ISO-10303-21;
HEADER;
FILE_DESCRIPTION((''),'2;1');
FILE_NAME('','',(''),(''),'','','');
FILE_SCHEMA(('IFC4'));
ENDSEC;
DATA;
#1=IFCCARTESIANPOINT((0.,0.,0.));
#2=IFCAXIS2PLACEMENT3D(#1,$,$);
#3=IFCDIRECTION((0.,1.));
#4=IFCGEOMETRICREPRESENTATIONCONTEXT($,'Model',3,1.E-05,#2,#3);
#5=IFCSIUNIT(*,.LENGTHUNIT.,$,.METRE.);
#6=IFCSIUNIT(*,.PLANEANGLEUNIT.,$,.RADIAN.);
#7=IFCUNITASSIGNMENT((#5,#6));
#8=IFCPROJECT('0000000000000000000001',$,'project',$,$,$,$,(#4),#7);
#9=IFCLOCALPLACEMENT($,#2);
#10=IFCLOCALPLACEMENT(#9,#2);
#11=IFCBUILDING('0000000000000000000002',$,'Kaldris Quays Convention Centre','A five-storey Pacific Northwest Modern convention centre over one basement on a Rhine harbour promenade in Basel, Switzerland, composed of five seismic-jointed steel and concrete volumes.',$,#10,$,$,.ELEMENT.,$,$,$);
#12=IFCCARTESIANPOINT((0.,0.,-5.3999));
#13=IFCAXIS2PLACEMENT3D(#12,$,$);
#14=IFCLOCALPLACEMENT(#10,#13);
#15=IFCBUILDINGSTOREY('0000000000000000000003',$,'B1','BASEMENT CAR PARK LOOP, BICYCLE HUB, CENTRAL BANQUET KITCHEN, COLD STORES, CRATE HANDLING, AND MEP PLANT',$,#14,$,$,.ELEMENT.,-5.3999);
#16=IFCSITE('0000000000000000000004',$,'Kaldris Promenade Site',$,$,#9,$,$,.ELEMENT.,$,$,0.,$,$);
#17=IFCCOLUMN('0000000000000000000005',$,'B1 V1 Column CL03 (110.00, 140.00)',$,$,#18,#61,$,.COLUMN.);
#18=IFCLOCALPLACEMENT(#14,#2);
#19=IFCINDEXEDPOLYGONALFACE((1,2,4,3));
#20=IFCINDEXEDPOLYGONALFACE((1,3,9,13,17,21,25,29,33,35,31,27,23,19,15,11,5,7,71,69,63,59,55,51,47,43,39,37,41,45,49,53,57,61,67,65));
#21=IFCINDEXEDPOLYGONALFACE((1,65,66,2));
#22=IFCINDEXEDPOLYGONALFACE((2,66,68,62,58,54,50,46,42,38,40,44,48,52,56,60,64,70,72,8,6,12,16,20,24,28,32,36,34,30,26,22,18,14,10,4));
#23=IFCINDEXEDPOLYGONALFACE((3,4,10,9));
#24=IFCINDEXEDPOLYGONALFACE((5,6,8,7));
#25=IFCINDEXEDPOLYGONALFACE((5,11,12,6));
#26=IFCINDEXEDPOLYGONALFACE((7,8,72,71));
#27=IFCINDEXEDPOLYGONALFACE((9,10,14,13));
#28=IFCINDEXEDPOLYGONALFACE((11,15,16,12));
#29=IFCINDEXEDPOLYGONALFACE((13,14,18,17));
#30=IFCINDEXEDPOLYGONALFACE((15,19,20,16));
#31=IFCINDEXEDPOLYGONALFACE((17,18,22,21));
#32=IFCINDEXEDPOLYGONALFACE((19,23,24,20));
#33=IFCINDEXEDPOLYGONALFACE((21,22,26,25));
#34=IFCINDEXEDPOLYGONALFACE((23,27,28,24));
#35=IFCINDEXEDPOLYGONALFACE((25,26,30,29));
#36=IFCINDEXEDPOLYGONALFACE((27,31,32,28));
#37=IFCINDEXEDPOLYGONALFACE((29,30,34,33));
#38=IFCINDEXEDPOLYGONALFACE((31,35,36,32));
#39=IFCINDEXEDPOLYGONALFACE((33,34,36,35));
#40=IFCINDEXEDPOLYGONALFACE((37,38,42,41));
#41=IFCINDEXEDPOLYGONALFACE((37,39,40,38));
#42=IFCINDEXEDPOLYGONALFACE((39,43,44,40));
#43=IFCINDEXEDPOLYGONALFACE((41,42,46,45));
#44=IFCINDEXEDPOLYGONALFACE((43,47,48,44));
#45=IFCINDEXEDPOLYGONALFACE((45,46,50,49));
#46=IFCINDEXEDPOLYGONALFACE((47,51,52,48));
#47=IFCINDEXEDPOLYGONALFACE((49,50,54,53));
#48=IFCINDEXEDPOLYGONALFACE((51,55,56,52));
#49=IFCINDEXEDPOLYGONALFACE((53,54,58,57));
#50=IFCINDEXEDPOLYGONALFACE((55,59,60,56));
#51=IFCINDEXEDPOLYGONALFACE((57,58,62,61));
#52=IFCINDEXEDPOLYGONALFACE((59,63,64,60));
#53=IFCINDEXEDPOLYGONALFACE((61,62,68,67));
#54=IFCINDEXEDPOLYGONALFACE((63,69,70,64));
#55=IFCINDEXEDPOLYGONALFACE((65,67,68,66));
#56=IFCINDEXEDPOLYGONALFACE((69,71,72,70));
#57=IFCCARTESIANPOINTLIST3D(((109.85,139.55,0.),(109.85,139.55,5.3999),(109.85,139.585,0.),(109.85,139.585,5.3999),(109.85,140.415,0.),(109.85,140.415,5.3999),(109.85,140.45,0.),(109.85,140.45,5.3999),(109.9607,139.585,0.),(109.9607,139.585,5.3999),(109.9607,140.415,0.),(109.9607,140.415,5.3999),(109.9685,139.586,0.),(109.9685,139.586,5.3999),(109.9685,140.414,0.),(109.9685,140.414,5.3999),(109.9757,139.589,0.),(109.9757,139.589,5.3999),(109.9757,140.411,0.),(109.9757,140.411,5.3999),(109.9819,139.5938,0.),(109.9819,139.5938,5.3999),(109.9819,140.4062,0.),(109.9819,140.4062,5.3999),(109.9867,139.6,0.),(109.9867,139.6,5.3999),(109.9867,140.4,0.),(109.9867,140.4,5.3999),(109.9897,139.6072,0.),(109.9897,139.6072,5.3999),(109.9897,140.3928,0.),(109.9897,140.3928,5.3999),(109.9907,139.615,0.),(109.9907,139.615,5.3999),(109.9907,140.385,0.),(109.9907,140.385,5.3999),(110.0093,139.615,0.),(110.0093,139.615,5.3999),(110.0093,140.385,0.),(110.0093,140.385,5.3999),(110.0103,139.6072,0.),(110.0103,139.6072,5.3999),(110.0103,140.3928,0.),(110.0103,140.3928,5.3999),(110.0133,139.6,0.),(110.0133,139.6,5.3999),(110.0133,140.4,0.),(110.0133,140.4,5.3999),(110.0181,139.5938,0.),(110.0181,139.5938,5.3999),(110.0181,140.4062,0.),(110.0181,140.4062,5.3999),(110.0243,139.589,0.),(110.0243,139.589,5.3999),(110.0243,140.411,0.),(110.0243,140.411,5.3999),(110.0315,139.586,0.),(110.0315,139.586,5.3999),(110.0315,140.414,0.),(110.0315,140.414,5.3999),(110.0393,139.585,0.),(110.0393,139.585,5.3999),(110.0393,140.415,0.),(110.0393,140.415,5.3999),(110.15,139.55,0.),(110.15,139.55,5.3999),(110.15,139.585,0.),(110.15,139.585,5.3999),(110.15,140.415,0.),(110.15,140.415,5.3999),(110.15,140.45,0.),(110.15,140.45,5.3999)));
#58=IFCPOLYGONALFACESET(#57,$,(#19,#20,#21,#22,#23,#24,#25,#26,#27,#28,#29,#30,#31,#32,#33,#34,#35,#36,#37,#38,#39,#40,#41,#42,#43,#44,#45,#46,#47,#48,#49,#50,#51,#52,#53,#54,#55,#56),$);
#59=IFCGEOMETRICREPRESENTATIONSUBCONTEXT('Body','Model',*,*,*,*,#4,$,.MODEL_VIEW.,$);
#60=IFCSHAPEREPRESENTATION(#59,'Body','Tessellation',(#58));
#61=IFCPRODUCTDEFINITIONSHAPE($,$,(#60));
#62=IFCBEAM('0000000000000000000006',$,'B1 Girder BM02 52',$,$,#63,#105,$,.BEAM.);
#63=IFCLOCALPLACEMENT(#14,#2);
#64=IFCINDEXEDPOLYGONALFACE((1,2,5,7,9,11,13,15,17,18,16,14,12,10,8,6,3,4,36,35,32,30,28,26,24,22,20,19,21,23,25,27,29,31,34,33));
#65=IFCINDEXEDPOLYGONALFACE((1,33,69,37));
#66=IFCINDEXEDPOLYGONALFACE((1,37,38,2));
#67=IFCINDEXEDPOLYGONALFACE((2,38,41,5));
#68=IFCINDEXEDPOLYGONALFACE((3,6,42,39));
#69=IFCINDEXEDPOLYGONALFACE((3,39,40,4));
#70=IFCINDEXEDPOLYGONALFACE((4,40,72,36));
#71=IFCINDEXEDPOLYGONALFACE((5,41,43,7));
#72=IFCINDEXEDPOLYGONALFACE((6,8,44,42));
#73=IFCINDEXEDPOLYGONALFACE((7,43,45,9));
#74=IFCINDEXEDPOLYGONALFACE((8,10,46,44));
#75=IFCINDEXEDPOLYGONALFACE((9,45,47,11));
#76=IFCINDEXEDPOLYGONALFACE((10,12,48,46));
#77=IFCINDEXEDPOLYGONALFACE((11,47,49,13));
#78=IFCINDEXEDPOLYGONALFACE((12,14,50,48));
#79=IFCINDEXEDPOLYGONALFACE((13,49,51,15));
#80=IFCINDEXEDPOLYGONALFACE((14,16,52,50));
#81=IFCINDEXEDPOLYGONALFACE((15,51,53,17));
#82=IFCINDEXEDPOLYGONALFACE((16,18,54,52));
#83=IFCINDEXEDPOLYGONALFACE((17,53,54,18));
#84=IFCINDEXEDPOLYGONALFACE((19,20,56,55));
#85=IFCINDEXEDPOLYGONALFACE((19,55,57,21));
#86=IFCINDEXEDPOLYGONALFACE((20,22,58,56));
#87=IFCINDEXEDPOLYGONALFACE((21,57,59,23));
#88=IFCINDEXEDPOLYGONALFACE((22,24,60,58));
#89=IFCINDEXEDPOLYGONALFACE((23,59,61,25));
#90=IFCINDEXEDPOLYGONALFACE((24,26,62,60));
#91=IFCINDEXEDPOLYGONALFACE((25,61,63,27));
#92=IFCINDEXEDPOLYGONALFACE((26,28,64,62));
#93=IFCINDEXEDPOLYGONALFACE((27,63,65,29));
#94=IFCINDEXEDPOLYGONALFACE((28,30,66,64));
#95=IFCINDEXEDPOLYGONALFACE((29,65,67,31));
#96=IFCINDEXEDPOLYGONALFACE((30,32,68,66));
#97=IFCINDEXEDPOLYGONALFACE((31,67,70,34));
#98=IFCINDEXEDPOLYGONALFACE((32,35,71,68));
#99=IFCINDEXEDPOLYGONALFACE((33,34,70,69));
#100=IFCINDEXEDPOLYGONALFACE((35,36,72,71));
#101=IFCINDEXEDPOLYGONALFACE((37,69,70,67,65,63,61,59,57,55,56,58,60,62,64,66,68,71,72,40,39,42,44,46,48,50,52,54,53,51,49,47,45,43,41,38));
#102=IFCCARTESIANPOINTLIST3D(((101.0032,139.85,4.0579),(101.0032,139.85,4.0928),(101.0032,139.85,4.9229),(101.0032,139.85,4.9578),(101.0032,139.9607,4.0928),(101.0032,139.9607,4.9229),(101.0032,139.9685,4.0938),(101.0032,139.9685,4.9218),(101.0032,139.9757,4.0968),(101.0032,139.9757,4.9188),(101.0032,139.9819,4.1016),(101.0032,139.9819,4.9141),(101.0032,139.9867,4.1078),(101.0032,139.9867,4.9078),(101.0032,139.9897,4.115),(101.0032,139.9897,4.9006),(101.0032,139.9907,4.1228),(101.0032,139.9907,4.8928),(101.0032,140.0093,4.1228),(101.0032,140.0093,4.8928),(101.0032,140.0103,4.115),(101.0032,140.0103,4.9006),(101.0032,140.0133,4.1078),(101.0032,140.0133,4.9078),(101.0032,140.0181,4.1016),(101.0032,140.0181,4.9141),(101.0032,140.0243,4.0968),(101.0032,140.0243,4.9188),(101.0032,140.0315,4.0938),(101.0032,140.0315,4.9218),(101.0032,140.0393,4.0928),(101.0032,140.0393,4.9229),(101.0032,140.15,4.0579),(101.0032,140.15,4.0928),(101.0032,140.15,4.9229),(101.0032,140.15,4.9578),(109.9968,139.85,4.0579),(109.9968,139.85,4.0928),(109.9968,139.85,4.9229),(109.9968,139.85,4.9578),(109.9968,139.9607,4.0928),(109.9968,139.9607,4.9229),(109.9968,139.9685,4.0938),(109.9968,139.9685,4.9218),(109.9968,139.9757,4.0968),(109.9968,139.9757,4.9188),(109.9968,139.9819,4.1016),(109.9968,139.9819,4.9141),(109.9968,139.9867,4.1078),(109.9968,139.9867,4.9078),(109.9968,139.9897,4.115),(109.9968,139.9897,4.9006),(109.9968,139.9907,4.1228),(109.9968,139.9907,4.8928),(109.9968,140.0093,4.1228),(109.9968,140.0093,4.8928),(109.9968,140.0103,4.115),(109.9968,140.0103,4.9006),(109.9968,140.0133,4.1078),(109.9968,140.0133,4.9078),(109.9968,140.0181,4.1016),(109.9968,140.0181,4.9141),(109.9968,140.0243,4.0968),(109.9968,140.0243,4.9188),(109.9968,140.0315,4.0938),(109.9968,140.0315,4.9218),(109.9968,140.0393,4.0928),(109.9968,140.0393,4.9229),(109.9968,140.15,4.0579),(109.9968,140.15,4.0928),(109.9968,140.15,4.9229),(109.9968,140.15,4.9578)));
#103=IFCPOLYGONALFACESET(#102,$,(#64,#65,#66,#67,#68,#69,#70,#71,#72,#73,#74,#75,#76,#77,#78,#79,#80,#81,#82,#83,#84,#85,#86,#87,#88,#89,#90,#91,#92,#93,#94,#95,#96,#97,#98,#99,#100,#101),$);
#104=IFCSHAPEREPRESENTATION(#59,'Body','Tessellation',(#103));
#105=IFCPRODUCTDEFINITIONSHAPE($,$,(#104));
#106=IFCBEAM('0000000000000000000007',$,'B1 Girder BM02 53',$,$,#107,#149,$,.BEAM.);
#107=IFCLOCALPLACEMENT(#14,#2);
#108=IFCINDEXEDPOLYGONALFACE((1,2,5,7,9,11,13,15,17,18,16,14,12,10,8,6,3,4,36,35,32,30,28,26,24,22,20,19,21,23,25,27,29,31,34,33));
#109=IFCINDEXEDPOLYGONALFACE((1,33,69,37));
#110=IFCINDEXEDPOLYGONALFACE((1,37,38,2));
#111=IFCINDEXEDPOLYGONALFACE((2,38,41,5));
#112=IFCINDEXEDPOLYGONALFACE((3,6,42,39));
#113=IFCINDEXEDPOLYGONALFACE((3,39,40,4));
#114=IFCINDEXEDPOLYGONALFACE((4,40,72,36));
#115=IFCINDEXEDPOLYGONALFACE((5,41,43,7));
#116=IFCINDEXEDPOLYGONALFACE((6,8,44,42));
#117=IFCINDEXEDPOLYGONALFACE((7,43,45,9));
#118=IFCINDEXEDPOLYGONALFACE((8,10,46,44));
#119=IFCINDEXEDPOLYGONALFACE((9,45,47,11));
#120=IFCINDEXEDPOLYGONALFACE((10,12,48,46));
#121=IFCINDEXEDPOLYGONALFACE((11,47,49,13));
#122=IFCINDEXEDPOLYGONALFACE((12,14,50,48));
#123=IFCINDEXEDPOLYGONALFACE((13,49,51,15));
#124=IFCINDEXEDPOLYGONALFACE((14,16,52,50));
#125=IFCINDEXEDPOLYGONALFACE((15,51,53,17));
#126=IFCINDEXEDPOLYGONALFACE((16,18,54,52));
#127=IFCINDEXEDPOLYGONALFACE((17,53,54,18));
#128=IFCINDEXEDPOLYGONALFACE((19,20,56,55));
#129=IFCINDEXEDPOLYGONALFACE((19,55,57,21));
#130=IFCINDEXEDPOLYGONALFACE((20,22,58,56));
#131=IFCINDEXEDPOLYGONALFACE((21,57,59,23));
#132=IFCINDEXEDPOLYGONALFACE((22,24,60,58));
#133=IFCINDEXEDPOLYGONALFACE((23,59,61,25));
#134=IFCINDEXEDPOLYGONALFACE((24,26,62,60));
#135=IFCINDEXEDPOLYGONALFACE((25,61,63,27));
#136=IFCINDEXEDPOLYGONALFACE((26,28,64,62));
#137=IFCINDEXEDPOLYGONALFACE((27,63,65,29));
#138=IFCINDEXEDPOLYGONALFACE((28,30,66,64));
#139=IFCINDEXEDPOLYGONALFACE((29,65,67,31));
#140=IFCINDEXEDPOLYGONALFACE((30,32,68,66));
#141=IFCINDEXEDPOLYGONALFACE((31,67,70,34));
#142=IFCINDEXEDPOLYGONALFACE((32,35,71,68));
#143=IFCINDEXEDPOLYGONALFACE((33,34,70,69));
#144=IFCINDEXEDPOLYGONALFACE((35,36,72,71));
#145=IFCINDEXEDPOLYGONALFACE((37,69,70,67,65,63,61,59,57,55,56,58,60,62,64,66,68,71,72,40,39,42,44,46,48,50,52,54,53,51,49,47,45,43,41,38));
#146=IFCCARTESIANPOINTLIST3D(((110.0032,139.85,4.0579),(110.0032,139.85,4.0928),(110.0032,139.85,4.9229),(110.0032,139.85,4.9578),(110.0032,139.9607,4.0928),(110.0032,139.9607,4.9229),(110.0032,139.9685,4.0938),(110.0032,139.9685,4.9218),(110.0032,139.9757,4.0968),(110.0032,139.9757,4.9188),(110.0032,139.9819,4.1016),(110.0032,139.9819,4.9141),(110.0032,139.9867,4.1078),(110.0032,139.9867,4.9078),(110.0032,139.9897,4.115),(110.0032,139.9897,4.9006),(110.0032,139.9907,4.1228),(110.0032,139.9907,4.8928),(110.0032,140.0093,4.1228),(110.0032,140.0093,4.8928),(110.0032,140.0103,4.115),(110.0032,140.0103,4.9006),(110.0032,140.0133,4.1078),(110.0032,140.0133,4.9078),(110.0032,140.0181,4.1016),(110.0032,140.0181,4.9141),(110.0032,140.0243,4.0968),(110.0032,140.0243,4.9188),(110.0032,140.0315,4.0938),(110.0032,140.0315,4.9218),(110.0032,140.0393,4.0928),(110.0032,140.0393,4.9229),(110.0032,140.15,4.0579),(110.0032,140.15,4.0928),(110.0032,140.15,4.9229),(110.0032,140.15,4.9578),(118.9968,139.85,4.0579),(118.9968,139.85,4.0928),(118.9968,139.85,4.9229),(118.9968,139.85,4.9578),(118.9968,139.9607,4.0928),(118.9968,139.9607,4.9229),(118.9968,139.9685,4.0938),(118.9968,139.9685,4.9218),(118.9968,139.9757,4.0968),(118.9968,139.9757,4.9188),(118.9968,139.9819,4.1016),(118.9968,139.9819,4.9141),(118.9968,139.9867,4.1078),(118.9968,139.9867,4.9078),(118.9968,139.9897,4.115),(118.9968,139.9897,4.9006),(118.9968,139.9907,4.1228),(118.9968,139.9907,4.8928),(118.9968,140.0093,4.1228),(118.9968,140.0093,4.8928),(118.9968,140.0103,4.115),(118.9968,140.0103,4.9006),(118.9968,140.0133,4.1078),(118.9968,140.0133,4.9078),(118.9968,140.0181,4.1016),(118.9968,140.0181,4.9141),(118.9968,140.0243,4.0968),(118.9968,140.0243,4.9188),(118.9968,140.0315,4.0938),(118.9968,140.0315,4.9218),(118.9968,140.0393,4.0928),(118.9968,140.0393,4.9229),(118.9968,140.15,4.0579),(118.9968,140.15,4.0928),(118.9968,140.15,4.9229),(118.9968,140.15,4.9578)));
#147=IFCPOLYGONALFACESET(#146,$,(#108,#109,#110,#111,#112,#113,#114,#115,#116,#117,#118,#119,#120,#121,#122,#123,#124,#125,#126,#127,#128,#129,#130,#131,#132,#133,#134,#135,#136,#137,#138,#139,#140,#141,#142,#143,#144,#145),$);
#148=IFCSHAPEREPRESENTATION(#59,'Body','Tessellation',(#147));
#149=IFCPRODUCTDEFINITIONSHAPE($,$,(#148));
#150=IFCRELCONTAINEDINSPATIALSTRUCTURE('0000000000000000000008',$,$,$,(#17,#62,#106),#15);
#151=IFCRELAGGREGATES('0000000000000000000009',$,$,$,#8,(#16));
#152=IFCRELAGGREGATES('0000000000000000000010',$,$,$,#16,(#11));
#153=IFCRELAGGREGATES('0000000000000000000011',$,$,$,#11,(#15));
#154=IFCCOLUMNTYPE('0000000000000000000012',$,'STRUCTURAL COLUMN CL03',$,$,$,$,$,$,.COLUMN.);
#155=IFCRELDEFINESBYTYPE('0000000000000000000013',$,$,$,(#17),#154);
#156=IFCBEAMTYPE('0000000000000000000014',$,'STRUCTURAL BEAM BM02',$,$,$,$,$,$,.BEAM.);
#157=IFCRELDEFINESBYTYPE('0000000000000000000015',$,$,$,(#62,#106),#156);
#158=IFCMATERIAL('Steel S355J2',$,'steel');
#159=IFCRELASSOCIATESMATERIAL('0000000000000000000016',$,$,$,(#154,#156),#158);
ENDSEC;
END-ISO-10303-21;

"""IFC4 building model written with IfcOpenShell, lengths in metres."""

from ifc_helpers import new_model, si_unit, direction, frame, origin, origin_2d, place, context, subcontext, project, spatial, i_section, extrude, material, material_profile, profile_set, type_object, element, save


model = new_model("IFC4")

# Units and contexts
model_context = context("Model", 3, precision=1e-05, world=origin(), true_north=direction((0.0, 1.0)))
body_context = subcontext(model_context, "Body", "Model", "MODEL_VIEW")
ifc_project = project(units=[si_unit("LENGTHUNIT", "METRE"), si_unit("PLANEANGLEUNIT", "RADIAN")], contexts=[model_context])

# Site, building, storey
site_placement = place(None, origin())
site = spatial("IfcSite", under=ifc_project, at=site_placement, Name="Kaldris Promenade Site", CompositionType="ELEMENT", RefElevation=0.0)
building_placement = place(site_placement, origin())
building = spatial("IfcBuilding", under=site, at=building_placement, Name="Kaldris Quays Convention Centre", Description="A five-storey Pacific Northwest Modern convention centre over one basement on a Rhine harbour promenade in Basel, Switzerland, composed of five seismic-jointed steel and concrete volumes.", CompositionType="ELEMENT")
storey_placement = place(building_placement, frame((0.0, 0.0, -5.3999)))
storey = spatial("IfcBuildingStorey", under=building, at=storey_placement, Name="B1", Description="BASEMENT CAR PARK LOOP, BICYCLE HUB, CENTRAL BANQUET KITCHEN, COLD STORES, CRATE HANDLING, AND MEP PLANT", CompositionType="ELEMENT", Elevation=-5.3999)

# Column
ifc_material_1 = material(Name="Steel S355J2", Category="steel")
ifc_material_profile_1 = material_profile(ifc_material_1, i_section(OverallWidth=0.3, OverallDepth=0.8999, WebThickness=0.0186, FlangeThickness=0.0349, FilletRadius=0.03, at=origin_2d()), Name="HEB 900")
ifc_profile_set_1 = profile_set([ifc_material_profile_1], Name="Steel S355J2")
column_type = type_object("IfcColumnType", Name="STRUCTURAL COLUMN CL03", PredefinedType="COLUMN", material=ifc_profile_set_1)
for number, where, z_axis, x_axis, name in (
    (1, (110.0, 140.0, 0.0), (0.0, 0.0, 1.0), (1.0, 0.0, 0.0), "B1 V1 Column CL03 (110.00, 140.00)"),
):
    element("IfcColumn", number, at=place(storey_placement, frame(where, z_axis=z_axis, x_axis=x_axis)), inside=storey, type_object=column_type, Name=name, PredefinedType="COLUMN", context=body_context, shape_type="SweptSolid", body=[
        extrude(i_section(OverallWidth=0.3, OverallDepth=0.8999, WebThickness=0.0186, FlangeThickness=0.0349, FilletRadius=0.03, at=origin_2d()), origin(), (0.0, 0.0, 1.0), 5.3999),
    ])

# Beams
ifc_material_profile_2 = material_profile(ifc_material_1, i_section(OverallWidth=0.3, OverallDepth=0.8999, WebThickness=0.0186, FlangeThickness=0.0349, FilletRadius=0.03, at=origin_2d()), Name="HEB 900")
ifc_profile_set_2 = profile_set([ifc_material_profile_2], Name="Steel S355J2")
beam_type = type_object("IfcBeamType", Name="STRUCTURAL BEAM BM02", PredefinedType="BEAM", material=ifc_profile_set_2)
for number, where, z_axis, x_axis, name in (
    (2, (101.0032, 140.0, 4.5078), (1.0, 0.0, 0.0), (0.0, 1.0, 0.0), "B1 Girder BM02 52"),
    (3, (110.0032, 140.0, 4.5078), (1.0, 0.0, 0.0), (0.0, 1.0, 0.0), "B1 Girder BM02 53"),
):
    element("IfcBeam", number, at=place(storey_placement, frame(where, z_axis=z_axis, x_axis=x_axis)), inside=storey, type_object=beam_type, Name=name, PredefinedType="BEAM", context=body_context, shape_type="SweptSolid", body=[
        extrude(i_section(OverallWidth=0.3, OverallDepth=0.8999, WebThickness=0.0186, FlangeThickness=0.0349, FilletRadius=0.03, at=origin_2d()), origin(), (0.0, 0.0, 1.0), 8.9937),
    ])

save(model, "model.ifc")
